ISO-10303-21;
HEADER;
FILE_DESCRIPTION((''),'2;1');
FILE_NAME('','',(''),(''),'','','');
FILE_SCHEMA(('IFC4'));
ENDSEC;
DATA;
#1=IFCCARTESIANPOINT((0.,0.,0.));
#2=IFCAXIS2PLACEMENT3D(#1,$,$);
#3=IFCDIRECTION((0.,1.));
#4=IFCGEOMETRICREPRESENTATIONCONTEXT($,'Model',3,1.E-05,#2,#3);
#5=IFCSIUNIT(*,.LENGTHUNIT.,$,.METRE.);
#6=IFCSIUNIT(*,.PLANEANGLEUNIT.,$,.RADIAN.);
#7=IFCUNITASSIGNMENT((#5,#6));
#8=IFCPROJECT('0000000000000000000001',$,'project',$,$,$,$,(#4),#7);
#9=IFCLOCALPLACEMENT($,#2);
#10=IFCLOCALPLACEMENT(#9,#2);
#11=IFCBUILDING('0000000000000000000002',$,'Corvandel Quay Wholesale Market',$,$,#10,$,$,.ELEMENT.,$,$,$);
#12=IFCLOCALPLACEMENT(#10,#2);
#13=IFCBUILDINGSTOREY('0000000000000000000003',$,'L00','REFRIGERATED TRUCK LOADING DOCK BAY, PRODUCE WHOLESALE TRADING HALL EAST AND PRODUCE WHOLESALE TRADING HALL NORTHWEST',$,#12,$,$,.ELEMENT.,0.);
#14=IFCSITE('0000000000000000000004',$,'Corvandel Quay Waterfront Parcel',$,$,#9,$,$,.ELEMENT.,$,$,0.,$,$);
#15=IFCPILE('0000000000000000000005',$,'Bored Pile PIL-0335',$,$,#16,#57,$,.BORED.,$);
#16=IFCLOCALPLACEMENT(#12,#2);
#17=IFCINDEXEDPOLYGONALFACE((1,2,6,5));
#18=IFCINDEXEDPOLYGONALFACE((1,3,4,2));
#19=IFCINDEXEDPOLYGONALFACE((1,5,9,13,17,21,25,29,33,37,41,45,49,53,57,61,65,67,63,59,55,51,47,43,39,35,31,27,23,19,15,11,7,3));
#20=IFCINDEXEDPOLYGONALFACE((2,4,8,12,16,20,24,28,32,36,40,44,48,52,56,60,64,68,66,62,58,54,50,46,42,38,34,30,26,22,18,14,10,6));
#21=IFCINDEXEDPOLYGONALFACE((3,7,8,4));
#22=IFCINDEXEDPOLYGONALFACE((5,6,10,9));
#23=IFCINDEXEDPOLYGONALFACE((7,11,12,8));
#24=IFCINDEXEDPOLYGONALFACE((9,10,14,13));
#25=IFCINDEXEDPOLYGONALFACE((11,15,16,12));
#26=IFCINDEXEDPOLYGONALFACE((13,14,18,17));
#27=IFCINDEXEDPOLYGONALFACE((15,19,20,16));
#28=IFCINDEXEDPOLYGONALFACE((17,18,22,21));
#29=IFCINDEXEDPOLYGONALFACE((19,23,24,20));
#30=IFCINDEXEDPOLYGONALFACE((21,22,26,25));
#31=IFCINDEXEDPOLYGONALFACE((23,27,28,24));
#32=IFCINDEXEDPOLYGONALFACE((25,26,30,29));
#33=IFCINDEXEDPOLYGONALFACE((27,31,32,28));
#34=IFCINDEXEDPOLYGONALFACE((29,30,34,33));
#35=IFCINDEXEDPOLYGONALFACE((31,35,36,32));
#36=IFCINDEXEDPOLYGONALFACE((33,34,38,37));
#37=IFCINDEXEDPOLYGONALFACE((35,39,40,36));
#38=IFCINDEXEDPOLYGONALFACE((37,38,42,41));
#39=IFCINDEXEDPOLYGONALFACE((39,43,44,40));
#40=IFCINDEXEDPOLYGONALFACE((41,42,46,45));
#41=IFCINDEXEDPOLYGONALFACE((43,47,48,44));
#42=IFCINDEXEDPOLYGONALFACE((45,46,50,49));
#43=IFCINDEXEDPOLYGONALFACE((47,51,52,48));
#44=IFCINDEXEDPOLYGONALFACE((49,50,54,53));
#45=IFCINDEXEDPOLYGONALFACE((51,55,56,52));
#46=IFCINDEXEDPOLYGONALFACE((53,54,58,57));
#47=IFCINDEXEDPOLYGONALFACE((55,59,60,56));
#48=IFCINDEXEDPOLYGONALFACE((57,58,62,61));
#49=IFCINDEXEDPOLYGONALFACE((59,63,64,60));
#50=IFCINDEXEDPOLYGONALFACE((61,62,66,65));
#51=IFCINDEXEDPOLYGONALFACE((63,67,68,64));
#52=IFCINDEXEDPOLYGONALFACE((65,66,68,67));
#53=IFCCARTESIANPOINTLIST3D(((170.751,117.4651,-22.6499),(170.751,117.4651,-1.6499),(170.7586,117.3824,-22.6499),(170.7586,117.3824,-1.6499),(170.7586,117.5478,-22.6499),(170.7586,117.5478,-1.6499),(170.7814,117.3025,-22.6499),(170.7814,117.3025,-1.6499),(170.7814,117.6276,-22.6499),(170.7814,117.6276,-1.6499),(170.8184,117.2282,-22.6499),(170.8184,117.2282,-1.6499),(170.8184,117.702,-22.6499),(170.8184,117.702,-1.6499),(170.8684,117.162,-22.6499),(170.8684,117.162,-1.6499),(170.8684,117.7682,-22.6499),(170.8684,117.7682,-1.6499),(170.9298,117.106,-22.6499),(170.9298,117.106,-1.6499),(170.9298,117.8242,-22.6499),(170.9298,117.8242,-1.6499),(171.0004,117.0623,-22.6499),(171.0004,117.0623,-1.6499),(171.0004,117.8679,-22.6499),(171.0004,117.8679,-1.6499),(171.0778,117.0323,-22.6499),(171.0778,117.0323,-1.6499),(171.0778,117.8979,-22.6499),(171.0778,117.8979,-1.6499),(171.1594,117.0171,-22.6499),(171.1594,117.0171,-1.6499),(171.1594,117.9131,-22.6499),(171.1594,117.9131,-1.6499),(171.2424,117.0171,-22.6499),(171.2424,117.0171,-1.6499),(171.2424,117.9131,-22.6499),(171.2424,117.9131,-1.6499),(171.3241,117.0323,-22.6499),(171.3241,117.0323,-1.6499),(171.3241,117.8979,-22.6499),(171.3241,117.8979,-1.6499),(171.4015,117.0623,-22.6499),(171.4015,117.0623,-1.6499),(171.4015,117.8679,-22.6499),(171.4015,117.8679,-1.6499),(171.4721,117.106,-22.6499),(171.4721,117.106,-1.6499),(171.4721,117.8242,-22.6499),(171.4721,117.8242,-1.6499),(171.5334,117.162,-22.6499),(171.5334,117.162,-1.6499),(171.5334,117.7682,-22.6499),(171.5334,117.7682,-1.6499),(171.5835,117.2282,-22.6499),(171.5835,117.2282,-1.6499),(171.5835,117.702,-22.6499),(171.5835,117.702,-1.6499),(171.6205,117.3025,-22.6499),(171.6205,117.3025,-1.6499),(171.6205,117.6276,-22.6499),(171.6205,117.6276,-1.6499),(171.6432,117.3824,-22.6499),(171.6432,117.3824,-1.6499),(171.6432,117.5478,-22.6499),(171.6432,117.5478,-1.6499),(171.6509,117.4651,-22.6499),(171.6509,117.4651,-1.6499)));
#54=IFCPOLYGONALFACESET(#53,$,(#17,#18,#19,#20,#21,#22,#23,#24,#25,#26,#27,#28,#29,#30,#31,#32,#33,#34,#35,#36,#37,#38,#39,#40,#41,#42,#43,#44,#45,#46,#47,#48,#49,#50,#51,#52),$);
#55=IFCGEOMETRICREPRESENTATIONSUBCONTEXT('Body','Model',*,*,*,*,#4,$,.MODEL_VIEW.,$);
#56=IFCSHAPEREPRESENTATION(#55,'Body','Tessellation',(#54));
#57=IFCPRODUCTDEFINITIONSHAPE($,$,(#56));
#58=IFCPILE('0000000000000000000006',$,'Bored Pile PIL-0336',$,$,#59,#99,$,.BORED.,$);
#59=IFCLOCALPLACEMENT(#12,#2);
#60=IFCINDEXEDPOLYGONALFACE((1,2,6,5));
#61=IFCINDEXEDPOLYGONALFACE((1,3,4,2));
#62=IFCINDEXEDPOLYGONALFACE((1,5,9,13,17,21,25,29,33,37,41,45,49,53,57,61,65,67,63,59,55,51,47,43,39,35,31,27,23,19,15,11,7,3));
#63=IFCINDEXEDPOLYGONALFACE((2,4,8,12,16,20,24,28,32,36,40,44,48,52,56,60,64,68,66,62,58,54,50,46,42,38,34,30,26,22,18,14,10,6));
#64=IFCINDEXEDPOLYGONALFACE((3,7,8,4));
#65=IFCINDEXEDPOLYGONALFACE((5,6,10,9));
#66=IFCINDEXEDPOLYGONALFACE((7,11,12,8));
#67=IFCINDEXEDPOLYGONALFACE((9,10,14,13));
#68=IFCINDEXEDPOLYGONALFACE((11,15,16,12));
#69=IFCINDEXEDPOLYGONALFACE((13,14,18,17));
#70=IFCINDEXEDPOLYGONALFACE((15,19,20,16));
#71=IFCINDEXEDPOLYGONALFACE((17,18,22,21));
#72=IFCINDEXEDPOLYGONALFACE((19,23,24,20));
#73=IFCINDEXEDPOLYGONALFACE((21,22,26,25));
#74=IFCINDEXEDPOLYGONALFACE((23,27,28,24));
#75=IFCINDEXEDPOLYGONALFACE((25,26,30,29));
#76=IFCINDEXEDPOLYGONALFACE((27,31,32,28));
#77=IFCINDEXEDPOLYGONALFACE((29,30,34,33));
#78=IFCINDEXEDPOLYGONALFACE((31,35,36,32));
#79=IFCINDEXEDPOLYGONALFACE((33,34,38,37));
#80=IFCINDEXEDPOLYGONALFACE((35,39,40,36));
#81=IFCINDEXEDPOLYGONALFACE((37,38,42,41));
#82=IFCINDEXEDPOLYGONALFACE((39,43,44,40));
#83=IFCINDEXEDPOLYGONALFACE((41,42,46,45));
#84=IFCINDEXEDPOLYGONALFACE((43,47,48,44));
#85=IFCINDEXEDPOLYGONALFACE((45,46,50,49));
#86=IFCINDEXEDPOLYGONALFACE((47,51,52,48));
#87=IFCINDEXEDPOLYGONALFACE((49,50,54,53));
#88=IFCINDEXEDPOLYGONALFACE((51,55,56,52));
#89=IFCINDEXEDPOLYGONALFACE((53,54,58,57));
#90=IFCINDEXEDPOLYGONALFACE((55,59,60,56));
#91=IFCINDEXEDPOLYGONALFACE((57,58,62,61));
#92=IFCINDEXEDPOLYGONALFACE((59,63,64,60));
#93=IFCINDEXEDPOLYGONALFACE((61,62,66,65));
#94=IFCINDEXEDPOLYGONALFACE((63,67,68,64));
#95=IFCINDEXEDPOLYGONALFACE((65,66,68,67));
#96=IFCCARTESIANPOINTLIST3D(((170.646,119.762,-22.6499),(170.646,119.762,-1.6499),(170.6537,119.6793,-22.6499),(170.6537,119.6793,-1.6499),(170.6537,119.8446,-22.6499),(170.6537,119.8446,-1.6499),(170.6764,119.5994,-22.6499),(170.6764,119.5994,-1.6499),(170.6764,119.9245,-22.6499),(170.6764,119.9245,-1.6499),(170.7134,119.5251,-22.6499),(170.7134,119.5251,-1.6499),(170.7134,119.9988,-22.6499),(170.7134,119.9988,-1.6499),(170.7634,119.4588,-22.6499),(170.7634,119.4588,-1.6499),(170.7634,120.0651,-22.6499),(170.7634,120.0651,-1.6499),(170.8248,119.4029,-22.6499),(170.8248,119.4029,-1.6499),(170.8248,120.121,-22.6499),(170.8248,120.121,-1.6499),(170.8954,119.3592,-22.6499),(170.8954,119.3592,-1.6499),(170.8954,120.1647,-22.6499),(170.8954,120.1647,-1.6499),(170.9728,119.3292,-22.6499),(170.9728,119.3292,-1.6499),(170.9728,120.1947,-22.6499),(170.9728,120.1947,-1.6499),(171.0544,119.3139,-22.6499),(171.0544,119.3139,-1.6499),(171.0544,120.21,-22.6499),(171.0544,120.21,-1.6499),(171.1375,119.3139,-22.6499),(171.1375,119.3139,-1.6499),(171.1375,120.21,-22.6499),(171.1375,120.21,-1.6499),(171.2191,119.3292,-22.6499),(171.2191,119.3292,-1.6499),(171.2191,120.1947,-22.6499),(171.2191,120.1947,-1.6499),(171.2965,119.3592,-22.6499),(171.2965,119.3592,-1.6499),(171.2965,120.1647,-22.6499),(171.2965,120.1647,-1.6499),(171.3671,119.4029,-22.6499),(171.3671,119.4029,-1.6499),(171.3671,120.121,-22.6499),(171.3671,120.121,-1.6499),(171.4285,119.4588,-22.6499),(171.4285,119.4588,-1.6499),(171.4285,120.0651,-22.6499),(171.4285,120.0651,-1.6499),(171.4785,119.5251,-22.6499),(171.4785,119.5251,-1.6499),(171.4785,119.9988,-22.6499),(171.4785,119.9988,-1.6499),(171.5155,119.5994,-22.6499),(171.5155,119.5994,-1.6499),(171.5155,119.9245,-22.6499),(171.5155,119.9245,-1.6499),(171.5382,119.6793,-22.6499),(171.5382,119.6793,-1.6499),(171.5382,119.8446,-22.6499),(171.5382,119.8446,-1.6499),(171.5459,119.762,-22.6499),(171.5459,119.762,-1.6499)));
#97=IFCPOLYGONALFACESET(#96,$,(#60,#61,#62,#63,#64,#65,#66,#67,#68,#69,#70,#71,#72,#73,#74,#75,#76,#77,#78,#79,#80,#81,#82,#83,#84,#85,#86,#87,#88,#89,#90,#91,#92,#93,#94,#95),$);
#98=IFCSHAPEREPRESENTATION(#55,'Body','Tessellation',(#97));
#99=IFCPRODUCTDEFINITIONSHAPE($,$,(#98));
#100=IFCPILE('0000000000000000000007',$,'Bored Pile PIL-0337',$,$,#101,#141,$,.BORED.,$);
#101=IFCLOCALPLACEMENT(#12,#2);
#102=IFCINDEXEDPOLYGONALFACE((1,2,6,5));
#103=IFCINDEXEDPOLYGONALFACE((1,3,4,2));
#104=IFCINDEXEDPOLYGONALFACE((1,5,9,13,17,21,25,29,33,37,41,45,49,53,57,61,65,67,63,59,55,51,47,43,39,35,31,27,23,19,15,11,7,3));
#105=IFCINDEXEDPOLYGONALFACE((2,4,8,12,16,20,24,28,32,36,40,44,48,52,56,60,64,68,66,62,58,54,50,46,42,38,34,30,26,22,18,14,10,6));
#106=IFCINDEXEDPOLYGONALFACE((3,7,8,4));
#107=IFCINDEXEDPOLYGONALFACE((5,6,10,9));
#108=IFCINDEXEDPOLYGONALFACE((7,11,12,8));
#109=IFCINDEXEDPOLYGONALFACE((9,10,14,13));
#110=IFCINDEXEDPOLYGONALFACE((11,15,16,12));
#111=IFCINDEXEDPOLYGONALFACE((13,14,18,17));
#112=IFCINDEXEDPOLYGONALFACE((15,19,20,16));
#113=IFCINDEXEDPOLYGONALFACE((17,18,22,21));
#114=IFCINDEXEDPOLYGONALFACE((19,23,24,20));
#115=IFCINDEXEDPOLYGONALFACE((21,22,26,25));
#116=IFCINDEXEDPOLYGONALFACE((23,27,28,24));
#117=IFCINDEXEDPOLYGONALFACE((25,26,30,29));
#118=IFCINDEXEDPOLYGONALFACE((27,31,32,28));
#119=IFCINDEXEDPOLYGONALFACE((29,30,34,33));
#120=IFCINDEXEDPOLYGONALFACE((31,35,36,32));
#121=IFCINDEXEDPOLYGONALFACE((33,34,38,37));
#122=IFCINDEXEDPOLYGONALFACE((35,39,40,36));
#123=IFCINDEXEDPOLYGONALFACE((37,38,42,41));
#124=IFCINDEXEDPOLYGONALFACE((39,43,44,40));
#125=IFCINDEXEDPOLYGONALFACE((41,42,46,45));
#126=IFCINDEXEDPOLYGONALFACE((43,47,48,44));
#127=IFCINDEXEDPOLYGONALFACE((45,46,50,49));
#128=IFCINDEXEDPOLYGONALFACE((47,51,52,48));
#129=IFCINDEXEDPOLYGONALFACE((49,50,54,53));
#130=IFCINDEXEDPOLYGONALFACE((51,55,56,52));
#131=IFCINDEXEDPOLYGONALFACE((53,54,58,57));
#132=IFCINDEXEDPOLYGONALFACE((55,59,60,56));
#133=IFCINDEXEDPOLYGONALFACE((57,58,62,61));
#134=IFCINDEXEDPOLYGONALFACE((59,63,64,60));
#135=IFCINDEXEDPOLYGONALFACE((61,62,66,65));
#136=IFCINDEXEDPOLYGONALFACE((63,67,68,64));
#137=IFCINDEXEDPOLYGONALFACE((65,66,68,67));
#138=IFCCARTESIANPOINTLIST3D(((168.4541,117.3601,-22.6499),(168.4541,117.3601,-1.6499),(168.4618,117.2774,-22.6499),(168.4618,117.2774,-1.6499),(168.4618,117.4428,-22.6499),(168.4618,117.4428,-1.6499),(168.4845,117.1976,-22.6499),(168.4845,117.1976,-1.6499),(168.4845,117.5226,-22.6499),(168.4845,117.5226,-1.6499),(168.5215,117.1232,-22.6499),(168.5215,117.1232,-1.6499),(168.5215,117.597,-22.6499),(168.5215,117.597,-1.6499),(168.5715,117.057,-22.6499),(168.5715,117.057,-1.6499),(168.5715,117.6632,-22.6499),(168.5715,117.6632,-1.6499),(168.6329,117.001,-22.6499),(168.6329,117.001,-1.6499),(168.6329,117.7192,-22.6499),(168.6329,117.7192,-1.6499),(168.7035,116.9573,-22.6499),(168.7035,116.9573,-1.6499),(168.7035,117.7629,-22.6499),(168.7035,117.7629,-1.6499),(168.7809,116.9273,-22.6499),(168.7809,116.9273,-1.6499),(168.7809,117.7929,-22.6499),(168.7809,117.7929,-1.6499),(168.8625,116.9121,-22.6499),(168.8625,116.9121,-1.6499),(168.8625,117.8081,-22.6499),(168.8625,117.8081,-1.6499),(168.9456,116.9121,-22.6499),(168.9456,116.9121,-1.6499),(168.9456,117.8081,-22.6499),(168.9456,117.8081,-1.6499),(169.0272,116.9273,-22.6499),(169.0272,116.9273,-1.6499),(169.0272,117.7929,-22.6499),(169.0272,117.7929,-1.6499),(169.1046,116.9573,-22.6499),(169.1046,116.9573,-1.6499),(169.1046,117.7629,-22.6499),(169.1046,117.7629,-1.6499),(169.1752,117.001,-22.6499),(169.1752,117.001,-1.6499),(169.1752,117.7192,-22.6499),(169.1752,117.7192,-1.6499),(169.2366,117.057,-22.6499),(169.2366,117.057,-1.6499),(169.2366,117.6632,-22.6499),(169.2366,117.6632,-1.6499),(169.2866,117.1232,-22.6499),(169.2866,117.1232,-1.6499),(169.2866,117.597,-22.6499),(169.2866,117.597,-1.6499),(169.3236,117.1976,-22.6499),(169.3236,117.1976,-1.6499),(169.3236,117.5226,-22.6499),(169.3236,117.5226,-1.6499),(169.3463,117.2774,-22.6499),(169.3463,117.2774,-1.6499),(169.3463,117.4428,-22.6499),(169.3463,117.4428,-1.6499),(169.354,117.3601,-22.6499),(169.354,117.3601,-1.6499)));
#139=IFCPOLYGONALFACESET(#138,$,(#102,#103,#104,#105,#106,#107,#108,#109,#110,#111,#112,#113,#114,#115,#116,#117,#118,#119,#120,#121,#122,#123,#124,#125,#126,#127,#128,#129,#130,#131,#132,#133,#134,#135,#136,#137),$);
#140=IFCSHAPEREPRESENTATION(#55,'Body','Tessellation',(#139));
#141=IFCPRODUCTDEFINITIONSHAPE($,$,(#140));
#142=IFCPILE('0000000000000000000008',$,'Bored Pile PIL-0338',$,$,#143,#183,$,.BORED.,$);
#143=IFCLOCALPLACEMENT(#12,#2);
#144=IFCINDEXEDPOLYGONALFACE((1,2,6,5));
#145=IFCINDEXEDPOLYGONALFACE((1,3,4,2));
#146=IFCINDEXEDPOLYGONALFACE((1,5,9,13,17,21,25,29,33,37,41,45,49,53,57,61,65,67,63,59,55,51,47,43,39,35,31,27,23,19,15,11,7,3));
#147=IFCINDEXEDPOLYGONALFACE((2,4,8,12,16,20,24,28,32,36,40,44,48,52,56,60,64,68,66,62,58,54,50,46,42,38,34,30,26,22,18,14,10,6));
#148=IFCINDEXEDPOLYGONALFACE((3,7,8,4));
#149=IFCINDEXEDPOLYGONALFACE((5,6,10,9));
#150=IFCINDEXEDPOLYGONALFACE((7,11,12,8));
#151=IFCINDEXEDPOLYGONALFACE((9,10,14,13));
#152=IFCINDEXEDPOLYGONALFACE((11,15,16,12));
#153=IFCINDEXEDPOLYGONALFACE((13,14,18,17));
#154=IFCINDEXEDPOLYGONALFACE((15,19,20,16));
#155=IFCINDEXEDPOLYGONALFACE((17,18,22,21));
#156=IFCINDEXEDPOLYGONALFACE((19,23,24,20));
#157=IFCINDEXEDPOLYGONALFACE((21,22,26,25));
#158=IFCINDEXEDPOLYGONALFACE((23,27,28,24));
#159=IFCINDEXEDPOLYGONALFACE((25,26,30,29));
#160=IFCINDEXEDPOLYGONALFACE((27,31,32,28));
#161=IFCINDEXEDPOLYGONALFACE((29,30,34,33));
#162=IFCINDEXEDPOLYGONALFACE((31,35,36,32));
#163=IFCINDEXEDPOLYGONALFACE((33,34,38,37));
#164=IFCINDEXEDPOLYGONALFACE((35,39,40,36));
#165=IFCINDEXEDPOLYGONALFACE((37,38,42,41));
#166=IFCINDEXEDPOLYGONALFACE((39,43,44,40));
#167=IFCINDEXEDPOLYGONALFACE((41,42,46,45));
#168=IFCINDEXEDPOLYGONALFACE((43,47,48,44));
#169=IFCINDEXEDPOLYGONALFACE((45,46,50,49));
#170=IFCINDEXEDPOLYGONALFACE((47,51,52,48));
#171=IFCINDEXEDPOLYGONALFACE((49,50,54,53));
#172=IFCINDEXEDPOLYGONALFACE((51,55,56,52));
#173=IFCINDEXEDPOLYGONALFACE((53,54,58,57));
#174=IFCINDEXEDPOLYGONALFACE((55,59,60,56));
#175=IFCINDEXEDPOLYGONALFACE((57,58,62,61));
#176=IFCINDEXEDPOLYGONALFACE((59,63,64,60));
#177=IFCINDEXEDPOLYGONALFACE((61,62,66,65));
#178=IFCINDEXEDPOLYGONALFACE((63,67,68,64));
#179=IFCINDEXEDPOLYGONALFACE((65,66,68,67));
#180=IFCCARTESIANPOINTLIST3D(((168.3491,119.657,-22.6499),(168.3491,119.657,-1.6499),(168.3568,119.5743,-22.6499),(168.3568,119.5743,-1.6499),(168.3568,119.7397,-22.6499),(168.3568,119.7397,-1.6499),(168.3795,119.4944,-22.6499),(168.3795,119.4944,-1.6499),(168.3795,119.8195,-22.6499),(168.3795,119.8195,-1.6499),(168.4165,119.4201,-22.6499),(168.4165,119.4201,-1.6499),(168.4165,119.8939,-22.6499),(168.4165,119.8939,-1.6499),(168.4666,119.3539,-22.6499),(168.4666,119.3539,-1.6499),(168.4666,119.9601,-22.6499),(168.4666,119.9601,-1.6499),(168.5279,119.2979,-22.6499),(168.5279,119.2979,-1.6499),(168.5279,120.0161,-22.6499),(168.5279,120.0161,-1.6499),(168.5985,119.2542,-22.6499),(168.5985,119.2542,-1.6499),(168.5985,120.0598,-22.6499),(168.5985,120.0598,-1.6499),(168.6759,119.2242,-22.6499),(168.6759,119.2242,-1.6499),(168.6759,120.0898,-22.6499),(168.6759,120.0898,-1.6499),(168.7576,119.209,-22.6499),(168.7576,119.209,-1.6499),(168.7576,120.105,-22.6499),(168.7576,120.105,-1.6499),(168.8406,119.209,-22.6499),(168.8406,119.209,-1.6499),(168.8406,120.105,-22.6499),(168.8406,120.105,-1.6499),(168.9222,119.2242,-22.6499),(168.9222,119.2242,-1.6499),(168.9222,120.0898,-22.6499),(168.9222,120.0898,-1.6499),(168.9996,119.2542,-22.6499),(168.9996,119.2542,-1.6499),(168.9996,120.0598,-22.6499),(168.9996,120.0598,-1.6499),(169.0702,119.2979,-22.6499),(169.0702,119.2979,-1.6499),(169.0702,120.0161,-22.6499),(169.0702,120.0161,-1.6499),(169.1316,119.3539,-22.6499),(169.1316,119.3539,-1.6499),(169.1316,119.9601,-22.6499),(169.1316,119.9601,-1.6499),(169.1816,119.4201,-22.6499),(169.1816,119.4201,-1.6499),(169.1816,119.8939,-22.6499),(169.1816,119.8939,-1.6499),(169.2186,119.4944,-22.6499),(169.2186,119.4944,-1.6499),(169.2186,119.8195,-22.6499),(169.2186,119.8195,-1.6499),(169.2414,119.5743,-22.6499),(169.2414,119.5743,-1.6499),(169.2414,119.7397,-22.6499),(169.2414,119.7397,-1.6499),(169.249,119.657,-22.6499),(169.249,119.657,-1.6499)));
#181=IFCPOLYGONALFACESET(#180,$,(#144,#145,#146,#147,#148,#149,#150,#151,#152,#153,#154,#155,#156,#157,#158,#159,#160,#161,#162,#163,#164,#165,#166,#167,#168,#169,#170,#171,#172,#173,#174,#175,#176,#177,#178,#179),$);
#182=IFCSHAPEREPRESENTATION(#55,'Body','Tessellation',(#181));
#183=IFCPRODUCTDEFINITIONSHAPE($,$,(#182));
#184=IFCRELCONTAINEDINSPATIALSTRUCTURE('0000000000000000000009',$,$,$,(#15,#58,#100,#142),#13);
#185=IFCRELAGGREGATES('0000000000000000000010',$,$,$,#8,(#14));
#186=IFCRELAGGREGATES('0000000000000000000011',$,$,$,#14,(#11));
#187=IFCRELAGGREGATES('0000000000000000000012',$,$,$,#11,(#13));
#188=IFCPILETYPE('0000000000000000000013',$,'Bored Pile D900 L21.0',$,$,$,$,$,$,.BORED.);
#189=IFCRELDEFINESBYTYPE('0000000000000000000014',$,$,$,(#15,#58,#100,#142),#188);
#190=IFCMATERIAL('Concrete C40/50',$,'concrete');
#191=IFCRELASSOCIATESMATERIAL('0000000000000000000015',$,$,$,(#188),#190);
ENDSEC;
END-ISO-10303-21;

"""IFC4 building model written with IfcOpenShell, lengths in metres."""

from ifc_helpers import new_model, si_unit, direction, frame, origin, origin_2d, place, context, subcontext, project, spatial, circle, extrude, material, material_profile, profile_set, type_object, element, save


model = new_model("IFC4")

# Units and contexts
model_context = context("Model", 3, precision=1e-05, world=origin(), true_north=direction((0.0, 1.0)))
body_context = subcontext(model_context, "Body", "Model", "MODEL_VIEW")
ifc_project = project(units=[si_unit("LENGTHUNIT", "METRE"), si_unit("PLANEANGLEUNIT", "RADIAN")], contexts=[model_context])

# Site, building, storey
site_placement = place(None, origin())
site = spatial("IfcSite", under=ifc_project, at=site_placement, Name="Corvandel Quay Waterfront Parcel", CompositionType="ELEMENT", RefElevation=0.0)
building_placement = place(site_placement, origin())
building = spatial("IfcBuilding", under=site, at=building_placement, Name="Corvandel Quay Wholesale Market", CompositionType="ELEMENT")
storey_placement = place(building_placement, origin())
storey = spatial("IfcBuildingStorey", under=building, at=storey_placement, Name="L00", Description="REFRIGERATED TRUCK LOADING DOCK BAY, PRODUCE WHOLESALE TRADING HALL EAST AND PRODUCE WHOLESALE TRADING HALL NORTHWEST", CompositionType="ELEMENT", Elevation=0.0)

# Piles
ifc_material_1 = material(Name="Concrete C40/50", Category="concrete")
ifc_material_profile_1 = material_profile(ifc_material_1, circle(Radius=0.45, at=origin_2d()), Name="RC-PILE-D900")
ifc_profile_set_1 = profile_set([ifc_material_profile_1], Name="Concrete C40/50")
pile_type = type_object("IfcPileType", Name="Bored Pile D900 L21.0", PredefinedType="BORED", material=ifc_profile_set_1)
for number, where, z_axis, x_axis, name in (
    (1, (171.2009, 117.4651, -1.6499), (0.0, 0.0, -1.0), (1.0, 0.0, 0.0), "Bored Pile PIL-0335"),
    (2, (171.0959, 119.762, -1.6499), (0.0, 0.0, -1.0), (1.0, 0.0, 0.0), "Bored Pile PIL-0336"),
    (3, (168.9041, 117.3601, -1.6499), (0.0, 0.0, -1.0), (1.0, 0.0, 0.0), "Bored Pile PIL-0337"),
    (4, (168.7991, 119.657, -1.6499), (0.0, 0.0, -1.0), (1.0, 0.0, 0.0), "Bored Pile PIL-0338"),
):
    element("IfcPile", number, at=place(storey_placement, frame(where, z_axis=z_axis, x_axis=x_axis)), inside=storey, type_object=pile_type, Name=name, PredefinedType="BORED", context=body_context, shape_type="SweptSolid", body=[
        extrude(circle(Radius=0.45, at=origin_2d()), origin(), (0.0, 0.0, 1.0), 21.0),
    ])

save(model, "model.ifc")
